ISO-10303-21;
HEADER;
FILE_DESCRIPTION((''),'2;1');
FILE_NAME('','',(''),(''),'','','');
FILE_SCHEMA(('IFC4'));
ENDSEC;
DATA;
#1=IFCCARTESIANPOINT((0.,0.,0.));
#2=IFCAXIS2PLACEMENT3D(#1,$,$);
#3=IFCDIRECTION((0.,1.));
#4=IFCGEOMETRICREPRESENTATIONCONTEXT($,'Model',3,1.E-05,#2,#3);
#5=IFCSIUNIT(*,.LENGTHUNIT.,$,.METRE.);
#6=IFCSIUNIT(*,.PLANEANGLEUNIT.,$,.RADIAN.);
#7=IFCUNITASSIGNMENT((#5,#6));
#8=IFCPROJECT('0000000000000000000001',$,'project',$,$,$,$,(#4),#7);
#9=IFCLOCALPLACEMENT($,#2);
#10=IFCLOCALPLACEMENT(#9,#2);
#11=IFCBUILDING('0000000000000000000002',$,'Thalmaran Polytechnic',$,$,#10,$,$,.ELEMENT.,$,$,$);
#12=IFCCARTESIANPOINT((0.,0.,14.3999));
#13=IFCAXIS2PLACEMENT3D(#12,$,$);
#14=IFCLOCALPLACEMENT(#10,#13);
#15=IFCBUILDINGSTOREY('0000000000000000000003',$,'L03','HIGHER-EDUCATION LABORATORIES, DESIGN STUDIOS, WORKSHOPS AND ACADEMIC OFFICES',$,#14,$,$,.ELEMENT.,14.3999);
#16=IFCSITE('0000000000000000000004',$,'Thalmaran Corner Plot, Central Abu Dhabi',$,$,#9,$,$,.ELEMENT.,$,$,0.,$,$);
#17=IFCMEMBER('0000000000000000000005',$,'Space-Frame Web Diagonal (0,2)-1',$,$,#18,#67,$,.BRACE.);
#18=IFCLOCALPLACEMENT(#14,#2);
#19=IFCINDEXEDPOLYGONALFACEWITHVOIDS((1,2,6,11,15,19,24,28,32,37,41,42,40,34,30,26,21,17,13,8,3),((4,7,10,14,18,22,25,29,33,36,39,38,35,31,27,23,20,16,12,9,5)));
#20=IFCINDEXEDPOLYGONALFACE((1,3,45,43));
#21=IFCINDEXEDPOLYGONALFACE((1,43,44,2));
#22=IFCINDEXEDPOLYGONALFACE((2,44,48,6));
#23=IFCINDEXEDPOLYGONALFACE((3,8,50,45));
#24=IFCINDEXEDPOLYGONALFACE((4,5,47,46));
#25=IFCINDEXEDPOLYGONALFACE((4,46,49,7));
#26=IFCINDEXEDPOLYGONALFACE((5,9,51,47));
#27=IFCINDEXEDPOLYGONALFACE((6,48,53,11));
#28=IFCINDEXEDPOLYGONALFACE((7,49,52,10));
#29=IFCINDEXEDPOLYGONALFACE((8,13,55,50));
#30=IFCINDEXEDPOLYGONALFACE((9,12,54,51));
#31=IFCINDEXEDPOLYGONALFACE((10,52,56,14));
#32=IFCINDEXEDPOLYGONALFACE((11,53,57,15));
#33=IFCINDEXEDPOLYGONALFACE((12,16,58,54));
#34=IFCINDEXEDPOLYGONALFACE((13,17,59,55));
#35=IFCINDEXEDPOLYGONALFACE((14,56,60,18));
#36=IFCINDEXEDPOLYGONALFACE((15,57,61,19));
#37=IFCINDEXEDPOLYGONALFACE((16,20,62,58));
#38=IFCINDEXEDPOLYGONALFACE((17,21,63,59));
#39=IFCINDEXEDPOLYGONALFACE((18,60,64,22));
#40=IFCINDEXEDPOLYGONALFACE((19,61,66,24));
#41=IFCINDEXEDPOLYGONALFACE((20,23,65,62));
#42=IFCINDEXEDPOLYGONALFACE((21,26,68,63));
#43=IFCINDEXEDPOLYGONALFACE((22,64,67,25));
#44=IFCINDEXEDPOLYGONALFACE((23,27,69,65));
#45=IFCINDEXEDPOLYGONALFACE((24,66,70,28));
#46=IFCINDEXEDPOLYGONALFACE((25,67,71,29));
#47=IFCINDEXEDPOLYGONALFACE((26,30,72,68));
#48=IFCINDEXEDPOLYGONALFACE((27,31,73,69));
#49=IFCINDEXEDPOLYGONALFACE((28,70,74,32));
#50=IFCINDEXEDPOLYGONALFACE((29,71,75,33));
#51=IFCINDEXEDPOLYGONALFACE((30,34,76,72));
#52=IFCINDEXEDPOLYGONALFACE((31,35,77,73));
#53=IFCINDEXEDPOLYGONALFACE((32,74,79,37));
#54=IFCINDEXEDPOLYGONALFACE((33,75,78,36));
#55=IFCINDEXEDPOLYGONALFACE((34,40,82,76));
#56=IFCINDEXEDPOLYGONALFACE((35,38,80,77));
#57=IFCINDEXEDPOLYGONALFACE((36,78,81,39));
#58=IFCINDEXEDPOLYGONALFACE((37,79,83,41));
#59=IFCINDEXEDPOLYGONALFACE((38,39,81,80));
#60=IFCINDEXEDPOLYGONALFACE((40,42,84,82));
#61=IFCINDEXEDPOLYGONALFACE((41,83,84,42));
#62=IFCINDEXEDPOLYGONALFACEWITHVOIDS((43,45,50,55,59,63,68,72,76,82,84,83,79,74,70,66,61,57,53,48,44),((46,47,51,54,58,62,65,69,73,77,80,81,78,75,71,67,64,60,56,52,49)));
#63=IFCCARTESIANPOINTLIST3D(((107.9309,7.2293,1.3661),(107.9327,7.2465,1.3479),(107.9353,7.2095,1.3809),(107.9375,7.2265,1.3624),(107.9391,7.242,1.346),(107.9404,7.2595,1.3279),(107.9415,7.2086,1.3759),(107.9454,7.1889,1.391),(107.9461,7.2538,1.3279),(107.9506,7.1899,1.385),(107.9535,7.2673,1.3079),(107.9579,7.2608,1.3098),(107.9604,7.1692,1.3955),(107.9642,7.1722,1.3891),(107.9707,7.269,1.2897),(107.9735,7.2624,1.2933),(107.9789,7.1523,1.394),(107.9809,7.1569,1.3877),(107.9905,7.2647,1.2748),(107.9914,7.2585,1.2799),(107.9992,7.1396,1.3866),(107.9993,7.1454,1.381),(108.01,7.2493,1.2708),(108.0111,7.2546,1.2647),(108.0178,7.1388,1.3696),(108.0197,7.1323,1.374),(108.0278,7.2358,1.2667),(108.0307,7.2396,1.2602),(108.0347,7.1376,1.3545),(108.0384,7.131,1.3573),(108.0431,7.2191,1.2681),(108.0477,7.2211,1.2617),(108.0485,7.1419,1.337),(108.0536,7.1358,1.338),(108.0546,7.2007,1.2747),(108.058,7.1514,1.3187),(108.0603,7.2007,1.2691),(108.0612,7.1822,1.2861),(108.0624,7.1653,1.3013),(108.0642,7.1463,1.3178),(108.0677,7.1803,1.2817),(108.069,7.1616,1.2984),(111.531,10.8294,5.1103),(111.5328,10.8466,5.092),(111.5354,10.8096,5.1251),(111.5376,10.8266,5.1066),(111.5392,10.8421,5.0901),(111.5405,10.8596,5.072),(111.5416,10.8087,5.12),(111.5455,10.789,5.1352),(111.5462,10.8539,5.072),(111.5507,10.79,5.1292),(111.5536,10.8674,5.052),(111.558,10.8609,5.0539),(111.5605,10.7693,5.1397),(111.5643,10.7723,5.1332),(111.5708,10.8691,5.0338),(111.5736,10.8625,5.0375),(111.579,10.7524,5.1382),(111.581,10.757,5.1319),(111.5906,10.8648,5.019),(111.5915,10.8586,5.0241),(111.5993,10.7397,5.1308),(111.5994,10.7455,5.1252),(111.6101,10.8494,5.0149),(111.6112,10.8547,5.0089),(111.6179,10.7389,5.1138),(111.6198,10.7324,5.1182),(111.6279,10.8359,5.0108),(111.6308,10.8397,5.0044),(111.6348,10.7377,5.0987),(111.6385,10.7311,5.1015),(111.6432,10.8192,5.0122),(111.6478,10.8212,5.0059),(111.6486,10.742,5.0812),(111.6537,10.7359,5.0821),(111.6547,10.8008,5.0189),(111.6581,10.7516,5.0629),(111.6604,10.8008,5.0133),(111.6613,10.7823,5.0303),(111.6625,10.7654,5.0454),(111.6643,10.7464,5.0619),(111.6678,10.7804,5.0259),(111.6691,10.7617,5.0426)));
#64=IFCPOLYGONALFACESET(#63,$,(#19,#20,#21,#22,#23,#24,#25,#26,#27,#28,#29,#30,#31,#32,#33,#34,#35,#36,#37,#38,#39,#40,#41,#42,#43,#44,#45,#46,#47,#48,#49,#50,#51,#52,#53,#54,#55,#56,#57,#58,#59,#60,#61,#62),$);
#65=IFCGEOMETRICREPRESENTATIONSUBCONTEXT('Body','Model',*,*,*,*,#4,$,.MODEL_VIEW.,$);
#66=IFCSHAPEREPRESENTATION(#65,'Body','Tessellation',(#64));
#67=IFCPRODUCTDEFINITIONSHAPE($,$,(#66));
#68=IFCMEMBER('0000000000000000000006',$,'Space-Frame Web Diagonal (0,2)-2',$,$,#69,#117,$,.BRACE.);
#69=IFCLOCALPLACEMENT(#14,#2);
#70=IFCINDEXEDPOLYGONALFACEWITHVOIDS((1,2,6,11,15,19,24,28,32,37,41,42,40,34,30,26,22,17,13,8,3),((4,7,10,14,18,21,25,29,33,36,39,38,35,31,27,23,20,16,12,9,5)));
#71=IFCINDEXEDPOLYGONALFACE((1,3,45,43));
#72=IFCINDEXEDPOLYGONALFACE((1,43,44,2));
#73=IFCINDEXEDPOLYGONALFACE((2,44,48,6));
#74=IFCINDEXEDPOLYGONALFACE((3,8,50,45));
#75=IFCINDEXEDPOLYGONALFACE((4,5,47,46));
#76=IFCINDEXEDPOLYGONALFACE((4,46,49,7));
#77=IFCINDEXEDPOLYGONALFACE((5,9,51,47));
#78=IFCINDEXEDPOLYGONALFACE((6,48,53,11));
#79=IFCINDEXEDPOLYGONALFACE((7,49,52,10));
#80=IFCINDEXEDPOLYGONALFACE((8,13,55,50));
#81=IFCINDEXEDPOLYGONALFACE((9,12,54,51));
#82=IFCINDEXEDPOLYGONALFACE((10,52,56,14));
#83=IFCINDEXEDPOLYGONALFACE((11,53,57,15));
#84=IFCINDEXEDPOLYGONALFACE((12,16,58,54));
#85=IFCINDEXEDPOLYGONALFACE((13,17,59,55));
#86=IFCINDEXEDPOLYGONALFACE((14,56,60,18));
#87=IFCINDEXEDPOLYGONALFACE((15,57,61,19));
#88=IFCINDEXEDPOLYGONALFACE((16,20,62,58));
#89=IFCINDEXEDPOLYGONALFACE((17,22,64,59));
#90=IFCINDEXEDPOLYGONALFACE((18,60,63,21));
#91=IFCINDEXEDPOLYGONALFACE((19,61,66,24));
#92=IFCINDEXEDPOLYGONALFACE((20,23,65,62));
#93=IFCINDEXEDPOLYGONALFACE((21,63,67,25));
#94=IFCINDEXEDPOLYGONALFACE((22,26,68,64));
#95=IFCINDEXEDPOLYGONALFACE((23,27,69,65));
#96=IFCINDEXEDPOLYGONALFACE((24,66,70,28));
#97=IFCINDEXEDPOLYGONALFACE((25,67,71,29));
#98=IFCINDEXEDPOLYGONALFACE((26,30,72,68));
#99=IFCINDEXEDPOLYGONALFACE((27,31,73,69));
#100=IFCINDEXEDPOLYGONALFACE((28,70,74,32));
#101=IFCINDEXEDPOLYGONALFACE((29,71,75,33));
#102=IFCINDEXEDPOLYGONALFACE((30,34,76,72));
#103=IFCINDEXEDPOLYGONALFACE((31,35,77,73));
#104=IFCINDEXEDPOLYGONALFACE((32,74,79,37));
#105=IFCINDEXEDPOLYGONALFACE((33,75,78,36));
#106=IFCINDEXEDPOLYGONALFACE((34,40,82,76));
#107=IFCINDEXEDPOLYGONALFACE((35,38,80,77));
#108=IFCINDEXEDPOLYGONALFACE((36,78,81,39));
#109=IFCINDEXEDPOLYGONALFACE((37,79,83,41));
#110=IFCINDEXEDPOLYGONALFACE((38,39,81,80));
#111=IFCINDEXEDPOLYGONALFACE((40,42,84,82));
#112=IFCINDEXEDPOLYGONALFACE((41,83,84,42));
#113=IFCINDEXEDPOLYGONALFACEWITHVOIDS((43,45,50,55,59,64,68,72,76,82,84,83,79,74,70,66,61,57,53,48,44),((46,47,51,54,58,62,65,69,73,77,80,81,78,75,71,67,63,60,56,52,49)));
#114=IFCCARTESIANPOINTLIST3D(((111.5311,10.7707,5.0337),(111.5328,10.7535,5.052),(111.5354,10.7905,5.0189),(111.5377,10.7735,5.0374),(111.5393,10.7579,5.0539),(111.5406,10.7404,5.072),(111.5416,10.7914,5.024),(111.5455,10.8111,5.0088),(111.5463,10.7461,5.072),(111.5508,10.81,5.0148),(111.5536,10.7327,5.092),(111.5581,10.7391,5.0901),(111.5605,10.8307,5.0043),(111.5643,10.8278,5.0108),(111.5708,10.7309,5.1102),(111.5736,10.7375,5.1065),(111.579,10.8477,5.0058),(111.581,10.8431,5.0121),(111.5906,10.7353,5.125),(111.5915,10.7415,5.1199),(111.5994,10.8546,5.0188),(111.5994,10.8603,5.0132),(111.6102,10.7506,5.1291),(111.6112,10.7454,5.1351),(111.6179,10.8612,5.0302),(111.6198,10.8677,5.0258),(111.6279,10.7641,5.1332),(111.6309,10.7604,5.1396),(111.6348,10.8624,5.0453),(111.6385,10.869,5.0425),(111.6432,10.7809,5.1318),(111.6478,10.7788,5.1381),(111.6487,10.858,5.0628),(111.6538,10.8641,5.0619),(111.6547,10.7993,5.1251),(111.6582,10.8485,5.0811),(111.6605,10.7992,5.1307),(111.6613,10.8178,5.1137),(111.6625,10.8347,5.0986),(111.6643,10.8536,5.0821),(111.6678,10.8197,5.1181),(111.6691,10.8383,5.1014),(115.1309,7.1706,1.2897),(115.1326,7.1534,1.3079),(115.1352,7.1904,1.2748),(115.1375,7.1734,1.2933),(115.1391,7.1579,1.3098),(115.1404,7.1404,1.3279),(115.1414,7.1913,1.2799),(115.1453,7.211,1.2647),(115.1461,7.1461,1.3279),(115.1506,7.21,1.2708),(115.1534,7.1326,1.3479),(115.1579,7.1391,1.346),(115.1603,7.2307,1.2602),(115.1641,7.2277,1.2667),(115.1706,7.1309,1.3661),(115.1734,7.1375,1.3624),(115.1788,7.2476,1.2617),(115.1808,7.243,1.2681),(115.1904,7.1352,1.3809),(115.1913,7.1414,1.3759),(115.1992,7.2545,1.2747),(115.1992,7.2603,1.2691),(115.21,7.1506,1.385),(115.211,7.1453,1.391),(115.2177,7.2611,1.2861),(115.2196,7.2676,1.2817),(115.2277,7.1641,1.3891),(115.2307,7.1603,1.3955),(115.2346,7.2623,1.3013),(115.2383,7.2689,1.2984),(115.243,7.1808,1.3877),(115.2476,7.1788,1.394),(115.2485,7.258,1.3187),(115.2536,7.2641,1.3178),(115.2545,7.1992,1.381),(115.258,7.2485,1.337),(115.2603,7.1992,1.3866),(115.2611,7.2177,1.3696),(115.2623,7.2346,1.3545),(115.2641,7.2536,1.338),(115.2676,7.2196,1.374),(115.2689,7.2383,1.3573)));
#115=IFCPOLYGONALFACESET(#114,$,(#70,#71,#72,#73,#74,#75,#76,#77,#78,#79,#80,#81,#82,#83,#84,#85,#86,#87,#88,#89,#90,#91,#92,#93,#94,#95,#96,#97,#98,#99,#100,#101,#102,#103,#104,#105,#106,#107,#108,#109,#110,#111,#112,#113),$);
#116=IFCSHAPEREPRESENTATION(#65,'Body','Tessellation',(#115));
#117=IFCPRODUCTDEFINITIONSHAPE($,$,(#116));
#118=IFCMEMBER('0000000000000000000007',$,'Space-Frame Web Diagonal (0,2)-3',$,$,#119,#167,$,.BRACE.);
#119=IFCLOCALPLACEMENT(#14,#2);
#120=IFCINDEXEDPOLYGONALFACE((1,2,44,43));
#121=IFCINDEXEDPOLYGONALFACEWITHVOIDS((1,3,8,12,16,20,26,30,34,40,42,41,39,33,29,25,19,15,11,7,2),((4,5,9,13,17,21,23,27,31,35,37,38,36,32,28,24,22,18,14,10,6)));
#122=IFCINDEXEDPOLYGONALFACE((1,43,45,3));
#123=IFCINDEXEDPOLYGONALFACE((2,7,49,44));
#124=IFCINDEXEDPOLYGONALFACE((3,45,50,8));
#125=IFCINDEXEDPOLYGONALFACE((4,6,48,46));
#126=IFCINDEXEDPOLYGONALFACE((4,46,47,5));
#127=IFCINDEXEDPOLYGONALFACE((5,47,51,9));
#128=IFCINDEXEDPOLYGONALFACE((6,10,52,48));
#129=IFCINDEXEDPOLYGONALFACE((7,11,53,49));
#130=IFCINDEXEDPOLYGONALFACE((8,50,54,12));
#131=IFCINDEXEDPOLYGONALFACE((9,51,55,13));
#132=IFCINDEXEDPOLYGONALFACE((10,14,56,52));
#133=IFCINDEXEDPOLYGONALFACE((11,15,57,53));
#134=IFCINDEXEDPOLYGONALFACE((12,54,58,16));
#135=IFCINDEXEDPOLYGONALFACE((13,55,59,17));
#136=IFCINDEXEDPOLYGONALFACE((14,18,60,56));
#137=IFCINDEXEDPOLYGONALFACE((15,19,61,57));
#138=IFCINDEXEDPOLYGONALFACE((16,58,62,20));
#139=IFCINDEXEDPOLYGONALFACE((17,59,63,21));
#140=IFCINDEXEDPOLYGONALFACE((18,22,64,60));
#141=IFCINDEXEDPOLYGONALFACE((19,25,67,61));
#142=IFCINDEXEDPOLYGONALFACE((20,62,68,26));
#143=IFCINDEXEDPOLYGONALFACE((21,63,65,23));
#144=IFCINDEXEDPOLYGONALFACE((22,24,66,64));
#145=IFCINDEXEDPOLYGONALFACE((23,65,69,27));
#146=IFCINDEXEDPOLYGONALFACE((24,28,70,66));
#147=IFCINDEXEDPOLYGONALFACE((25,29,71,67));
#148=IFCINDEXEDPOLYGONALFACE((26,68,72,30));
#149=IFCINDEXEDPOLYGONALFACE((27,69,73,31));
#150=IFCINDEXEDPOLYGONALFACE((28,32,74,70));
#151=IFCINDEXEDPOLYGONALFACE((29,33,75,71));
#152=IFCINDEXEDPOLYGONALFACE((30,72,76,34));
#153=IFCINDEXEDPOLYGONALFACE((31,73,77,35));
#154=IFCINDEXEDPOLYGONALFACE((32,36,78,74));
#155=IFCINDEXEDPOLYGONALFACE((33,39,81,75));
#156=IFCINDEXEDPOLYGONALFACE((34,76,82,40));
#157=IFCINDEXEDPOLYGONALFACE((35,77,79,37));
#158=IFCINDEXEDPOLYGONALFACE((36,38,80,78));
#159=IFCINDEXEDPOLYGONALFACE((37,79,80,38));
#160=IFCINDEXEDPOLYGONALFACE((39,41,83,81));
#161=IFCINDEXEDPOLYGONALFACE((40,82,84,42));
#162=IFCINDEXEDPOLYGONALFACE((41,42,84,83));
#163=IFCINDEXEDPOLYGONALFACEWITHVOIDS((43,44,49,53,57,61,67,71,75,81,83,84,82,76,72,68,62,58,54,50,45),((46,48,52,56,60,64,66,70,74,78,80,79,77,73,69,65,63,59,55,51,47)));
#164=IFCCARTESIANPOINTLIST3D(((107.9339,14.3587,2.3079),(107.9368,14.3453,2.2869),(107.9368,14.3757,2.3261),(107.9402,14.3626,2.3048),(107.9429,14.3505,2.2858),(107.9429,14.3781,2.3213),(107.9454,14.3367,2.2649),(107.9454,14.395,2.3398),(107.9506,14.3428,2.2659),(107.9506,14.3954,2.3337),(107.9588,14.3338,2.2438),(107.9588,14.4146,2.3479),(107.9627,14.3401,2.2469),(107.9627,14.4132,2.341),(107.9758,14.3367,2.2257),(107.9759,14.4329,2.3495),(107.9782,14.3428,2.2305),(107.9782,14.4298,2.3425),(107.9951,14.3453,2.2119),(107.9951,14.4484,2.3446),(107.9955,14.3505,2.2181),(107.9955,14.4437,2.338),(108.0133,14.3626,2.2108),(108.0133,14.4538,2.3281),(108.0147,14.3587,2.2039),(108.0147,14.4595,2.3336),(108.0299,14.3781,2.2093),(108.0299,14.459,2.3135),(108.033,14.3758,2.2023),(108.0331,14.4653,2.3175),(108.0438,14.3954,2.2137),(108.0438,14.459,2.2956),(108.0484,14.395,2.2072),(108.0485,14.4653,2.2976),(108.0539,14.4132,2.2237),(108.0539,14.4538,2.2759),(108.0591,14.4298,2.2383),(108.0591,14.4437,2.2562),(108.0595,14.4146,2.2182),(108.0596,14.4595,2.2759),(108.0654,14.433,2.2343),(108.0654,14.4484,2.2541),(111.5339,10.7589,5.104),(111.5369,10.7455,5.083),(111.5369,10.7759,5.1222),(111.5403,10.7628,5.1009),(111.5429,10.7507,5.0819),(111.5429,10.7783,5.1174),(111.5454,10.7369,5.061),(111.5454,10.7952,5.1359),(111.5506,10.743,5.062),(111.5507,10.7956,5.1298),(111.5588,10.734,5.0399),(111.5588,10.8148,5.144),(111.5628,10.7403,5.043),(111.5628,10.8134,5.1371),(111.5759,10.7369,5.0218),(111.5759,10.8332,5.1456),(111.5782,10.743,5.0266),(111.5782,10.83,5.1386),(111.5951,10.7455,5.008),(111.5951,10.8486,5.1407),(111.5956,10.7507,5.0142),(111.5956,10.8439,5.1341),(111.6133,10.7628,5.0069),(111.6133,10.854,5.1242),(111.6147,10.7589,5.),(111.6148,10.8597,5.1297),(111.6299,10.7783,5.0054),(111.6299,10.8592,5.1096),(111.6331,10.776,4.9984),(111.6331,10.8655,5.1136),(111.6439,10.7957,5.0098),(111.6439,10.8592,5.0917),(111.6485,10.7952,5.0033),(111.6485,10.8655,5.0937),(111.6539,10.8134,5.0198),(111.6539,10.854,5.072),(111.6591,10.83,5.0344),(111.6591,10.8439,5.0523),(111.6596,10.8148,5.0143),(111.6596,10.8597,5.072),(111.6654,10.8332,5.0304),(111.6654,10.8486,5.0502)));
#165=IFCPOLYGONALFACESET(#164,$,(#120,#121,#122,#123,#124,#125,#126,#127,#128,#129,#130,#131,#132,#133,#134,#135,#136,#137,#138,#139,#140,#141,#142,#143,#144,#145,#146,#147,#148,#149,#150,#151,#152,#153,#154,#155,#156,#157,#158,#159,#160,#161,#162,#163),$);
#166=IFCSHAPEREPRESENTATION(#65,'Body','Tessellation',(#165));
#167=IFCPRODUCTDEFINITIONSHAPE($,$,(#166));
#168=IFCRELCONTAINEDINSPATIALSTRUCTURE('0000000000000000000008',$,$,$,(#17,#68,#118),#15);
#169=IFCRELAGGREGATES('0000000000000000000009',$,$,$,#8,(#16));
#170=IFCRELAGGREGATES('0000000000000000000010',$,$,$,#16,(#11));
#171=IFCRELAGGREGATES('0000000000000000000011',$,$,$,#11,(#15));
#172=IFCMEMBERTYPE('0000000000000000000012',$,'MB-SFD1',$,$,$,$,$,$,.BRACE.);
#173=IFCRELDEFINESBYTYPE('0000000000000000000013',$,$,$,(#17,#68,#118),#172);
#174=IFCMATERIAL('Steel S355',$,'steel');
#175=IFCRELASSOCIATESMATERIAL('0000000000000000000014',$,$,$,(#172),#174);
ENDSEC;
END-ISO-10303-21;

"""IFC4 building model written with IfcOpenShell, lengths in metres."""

from ifc_helpers import new_model, si_unit, direction, frame, origin, origin_2d, place, context, subcontext, project, spatial, hollow_circle, extrude, material, material_profile, profile_set, type_object, element, save


model = new_model("IFC4")

# Units and contexts
model_context = context("Model", 3, precision=1e-05, world=origin(), true_north=direction((0.0, 1.0)))
body_context = subcontext(model_context, "Body", "Model", "MODEL_VIEW")
ifc_project = project(units=[si_unit("LENGTHUNIT", "METRE"), si_unit("PLANEANGLEUNIT", "RADIAN")], contexts=[model_context])

# Site, building, storey
site_placement = place(None, origin())
site = spatial("IfcSite", under=ifc_project, at=site_placement, Name="Thalmaran Corner Plot, Central Abu Dhabi", CompositionType="ELEMENT", RefElevation=0.0)
building_placement = place(site_placement, origin())
building = spatial("IfcBuilding", under=site, at=building_placement, Name="Thalmaran Polytechnic", CompositionType="ELEMENT")
storey_placement = place(building_placement, frame((0.0, 0.0, 14.3999)))
storey = spatial("IfcBuildingStorey", under=building, at=storey_placement, Name="L03", Description="HIGHER-EDUCATION LABORATORIES, DESIGN STUDIOS, WORKSHOPS AND ACADEMIC OFFICES", CompositionType="ELEMENT", Elevation=14.3999)

# Shared definitions
ifc_material_1 = material(Name="Steel S355", Category="steel")

# Members
ifc_material_profile_1 = material_profile(ifc_material_1, hollow_circle(Radius=0.0842, WallThickness=0.0081, at=origin_2d()), Name="CHS 168.3x8.0")
ifc_profile_set_1 = profile_set([ifc_material_profile_1], Name="Steel S355")
member_type_1 = type_object("IfcMemberType", Name="MB-SFD1", PredefinedType="BRACE", material=ifc_profile_set_1)
member_1_placement = place(storey_placement, frame((108.0, 7.2, 1.3279), z_axis=(0.569653, 0.569653, 0.592445), x_axis=(-0.707107, 0.707107, 0.0)))
element("IfcMember", 1, at=member_1_placement, inside=storey, type_object=member_type_1, Name="Space-Frame Web Diagonal (0,2)-1", PredefinedType="BRACE", context=body_context, shape_type="SweptSolid", body=[
    extrude(hollow_circle(Radius=0.0842, WallThickness=0.0081, at=origin_2d()), origin(), (0.0, 0.0, 1.0), 6.3198),
])
member_2_placement = place(storey_placement, frame((115.2, 7.2, 1.3279), z_axis=(-0.569627, 0.569665, 0.592458), x_axis=(-0.707131, -0.707083, 0.0)))
element("IfcMember", 2, at=member_2_placement, inside=storey, type_object=member_type_1, Name="Space-Frame Web Diagonal (0,2)-2", PredefinedType="BRACE", context=body_context, shape_type="SweptSolid", body=[
    extrude(hollow_circle(Radius=0.0842, WallThickness=0.0081, at=origin_2d()), origin(), (0.0, 0.0, 1.0), 6.3196),
])
for number, where, z_axis, x_axis, name in (
    (3, (108.0, 14.3999, 2.2759), (0.619804, -0.619762, 0.481392), (0.707083, 0.707131, 0.0), "Space-Frame Web Diagonal (0,2)-3"),
):
    element("IfcMember", number, at=place(storey_placement, frame(where, z_axis=z_axis, x_axis=x_axis)), inside=storey, type_object=member_type_1, Name=name, PredefinedType="BRACE", context=body_context, shape_type="SweptSolid", body=[
        extrude(hollow_circle(Radius=0.0842, WallThickness=0.0081, at=origin_2d()), origin(), (0.0, 0.0, 1.0), 5.8083),
    ])

save(model, "model.ifc")
